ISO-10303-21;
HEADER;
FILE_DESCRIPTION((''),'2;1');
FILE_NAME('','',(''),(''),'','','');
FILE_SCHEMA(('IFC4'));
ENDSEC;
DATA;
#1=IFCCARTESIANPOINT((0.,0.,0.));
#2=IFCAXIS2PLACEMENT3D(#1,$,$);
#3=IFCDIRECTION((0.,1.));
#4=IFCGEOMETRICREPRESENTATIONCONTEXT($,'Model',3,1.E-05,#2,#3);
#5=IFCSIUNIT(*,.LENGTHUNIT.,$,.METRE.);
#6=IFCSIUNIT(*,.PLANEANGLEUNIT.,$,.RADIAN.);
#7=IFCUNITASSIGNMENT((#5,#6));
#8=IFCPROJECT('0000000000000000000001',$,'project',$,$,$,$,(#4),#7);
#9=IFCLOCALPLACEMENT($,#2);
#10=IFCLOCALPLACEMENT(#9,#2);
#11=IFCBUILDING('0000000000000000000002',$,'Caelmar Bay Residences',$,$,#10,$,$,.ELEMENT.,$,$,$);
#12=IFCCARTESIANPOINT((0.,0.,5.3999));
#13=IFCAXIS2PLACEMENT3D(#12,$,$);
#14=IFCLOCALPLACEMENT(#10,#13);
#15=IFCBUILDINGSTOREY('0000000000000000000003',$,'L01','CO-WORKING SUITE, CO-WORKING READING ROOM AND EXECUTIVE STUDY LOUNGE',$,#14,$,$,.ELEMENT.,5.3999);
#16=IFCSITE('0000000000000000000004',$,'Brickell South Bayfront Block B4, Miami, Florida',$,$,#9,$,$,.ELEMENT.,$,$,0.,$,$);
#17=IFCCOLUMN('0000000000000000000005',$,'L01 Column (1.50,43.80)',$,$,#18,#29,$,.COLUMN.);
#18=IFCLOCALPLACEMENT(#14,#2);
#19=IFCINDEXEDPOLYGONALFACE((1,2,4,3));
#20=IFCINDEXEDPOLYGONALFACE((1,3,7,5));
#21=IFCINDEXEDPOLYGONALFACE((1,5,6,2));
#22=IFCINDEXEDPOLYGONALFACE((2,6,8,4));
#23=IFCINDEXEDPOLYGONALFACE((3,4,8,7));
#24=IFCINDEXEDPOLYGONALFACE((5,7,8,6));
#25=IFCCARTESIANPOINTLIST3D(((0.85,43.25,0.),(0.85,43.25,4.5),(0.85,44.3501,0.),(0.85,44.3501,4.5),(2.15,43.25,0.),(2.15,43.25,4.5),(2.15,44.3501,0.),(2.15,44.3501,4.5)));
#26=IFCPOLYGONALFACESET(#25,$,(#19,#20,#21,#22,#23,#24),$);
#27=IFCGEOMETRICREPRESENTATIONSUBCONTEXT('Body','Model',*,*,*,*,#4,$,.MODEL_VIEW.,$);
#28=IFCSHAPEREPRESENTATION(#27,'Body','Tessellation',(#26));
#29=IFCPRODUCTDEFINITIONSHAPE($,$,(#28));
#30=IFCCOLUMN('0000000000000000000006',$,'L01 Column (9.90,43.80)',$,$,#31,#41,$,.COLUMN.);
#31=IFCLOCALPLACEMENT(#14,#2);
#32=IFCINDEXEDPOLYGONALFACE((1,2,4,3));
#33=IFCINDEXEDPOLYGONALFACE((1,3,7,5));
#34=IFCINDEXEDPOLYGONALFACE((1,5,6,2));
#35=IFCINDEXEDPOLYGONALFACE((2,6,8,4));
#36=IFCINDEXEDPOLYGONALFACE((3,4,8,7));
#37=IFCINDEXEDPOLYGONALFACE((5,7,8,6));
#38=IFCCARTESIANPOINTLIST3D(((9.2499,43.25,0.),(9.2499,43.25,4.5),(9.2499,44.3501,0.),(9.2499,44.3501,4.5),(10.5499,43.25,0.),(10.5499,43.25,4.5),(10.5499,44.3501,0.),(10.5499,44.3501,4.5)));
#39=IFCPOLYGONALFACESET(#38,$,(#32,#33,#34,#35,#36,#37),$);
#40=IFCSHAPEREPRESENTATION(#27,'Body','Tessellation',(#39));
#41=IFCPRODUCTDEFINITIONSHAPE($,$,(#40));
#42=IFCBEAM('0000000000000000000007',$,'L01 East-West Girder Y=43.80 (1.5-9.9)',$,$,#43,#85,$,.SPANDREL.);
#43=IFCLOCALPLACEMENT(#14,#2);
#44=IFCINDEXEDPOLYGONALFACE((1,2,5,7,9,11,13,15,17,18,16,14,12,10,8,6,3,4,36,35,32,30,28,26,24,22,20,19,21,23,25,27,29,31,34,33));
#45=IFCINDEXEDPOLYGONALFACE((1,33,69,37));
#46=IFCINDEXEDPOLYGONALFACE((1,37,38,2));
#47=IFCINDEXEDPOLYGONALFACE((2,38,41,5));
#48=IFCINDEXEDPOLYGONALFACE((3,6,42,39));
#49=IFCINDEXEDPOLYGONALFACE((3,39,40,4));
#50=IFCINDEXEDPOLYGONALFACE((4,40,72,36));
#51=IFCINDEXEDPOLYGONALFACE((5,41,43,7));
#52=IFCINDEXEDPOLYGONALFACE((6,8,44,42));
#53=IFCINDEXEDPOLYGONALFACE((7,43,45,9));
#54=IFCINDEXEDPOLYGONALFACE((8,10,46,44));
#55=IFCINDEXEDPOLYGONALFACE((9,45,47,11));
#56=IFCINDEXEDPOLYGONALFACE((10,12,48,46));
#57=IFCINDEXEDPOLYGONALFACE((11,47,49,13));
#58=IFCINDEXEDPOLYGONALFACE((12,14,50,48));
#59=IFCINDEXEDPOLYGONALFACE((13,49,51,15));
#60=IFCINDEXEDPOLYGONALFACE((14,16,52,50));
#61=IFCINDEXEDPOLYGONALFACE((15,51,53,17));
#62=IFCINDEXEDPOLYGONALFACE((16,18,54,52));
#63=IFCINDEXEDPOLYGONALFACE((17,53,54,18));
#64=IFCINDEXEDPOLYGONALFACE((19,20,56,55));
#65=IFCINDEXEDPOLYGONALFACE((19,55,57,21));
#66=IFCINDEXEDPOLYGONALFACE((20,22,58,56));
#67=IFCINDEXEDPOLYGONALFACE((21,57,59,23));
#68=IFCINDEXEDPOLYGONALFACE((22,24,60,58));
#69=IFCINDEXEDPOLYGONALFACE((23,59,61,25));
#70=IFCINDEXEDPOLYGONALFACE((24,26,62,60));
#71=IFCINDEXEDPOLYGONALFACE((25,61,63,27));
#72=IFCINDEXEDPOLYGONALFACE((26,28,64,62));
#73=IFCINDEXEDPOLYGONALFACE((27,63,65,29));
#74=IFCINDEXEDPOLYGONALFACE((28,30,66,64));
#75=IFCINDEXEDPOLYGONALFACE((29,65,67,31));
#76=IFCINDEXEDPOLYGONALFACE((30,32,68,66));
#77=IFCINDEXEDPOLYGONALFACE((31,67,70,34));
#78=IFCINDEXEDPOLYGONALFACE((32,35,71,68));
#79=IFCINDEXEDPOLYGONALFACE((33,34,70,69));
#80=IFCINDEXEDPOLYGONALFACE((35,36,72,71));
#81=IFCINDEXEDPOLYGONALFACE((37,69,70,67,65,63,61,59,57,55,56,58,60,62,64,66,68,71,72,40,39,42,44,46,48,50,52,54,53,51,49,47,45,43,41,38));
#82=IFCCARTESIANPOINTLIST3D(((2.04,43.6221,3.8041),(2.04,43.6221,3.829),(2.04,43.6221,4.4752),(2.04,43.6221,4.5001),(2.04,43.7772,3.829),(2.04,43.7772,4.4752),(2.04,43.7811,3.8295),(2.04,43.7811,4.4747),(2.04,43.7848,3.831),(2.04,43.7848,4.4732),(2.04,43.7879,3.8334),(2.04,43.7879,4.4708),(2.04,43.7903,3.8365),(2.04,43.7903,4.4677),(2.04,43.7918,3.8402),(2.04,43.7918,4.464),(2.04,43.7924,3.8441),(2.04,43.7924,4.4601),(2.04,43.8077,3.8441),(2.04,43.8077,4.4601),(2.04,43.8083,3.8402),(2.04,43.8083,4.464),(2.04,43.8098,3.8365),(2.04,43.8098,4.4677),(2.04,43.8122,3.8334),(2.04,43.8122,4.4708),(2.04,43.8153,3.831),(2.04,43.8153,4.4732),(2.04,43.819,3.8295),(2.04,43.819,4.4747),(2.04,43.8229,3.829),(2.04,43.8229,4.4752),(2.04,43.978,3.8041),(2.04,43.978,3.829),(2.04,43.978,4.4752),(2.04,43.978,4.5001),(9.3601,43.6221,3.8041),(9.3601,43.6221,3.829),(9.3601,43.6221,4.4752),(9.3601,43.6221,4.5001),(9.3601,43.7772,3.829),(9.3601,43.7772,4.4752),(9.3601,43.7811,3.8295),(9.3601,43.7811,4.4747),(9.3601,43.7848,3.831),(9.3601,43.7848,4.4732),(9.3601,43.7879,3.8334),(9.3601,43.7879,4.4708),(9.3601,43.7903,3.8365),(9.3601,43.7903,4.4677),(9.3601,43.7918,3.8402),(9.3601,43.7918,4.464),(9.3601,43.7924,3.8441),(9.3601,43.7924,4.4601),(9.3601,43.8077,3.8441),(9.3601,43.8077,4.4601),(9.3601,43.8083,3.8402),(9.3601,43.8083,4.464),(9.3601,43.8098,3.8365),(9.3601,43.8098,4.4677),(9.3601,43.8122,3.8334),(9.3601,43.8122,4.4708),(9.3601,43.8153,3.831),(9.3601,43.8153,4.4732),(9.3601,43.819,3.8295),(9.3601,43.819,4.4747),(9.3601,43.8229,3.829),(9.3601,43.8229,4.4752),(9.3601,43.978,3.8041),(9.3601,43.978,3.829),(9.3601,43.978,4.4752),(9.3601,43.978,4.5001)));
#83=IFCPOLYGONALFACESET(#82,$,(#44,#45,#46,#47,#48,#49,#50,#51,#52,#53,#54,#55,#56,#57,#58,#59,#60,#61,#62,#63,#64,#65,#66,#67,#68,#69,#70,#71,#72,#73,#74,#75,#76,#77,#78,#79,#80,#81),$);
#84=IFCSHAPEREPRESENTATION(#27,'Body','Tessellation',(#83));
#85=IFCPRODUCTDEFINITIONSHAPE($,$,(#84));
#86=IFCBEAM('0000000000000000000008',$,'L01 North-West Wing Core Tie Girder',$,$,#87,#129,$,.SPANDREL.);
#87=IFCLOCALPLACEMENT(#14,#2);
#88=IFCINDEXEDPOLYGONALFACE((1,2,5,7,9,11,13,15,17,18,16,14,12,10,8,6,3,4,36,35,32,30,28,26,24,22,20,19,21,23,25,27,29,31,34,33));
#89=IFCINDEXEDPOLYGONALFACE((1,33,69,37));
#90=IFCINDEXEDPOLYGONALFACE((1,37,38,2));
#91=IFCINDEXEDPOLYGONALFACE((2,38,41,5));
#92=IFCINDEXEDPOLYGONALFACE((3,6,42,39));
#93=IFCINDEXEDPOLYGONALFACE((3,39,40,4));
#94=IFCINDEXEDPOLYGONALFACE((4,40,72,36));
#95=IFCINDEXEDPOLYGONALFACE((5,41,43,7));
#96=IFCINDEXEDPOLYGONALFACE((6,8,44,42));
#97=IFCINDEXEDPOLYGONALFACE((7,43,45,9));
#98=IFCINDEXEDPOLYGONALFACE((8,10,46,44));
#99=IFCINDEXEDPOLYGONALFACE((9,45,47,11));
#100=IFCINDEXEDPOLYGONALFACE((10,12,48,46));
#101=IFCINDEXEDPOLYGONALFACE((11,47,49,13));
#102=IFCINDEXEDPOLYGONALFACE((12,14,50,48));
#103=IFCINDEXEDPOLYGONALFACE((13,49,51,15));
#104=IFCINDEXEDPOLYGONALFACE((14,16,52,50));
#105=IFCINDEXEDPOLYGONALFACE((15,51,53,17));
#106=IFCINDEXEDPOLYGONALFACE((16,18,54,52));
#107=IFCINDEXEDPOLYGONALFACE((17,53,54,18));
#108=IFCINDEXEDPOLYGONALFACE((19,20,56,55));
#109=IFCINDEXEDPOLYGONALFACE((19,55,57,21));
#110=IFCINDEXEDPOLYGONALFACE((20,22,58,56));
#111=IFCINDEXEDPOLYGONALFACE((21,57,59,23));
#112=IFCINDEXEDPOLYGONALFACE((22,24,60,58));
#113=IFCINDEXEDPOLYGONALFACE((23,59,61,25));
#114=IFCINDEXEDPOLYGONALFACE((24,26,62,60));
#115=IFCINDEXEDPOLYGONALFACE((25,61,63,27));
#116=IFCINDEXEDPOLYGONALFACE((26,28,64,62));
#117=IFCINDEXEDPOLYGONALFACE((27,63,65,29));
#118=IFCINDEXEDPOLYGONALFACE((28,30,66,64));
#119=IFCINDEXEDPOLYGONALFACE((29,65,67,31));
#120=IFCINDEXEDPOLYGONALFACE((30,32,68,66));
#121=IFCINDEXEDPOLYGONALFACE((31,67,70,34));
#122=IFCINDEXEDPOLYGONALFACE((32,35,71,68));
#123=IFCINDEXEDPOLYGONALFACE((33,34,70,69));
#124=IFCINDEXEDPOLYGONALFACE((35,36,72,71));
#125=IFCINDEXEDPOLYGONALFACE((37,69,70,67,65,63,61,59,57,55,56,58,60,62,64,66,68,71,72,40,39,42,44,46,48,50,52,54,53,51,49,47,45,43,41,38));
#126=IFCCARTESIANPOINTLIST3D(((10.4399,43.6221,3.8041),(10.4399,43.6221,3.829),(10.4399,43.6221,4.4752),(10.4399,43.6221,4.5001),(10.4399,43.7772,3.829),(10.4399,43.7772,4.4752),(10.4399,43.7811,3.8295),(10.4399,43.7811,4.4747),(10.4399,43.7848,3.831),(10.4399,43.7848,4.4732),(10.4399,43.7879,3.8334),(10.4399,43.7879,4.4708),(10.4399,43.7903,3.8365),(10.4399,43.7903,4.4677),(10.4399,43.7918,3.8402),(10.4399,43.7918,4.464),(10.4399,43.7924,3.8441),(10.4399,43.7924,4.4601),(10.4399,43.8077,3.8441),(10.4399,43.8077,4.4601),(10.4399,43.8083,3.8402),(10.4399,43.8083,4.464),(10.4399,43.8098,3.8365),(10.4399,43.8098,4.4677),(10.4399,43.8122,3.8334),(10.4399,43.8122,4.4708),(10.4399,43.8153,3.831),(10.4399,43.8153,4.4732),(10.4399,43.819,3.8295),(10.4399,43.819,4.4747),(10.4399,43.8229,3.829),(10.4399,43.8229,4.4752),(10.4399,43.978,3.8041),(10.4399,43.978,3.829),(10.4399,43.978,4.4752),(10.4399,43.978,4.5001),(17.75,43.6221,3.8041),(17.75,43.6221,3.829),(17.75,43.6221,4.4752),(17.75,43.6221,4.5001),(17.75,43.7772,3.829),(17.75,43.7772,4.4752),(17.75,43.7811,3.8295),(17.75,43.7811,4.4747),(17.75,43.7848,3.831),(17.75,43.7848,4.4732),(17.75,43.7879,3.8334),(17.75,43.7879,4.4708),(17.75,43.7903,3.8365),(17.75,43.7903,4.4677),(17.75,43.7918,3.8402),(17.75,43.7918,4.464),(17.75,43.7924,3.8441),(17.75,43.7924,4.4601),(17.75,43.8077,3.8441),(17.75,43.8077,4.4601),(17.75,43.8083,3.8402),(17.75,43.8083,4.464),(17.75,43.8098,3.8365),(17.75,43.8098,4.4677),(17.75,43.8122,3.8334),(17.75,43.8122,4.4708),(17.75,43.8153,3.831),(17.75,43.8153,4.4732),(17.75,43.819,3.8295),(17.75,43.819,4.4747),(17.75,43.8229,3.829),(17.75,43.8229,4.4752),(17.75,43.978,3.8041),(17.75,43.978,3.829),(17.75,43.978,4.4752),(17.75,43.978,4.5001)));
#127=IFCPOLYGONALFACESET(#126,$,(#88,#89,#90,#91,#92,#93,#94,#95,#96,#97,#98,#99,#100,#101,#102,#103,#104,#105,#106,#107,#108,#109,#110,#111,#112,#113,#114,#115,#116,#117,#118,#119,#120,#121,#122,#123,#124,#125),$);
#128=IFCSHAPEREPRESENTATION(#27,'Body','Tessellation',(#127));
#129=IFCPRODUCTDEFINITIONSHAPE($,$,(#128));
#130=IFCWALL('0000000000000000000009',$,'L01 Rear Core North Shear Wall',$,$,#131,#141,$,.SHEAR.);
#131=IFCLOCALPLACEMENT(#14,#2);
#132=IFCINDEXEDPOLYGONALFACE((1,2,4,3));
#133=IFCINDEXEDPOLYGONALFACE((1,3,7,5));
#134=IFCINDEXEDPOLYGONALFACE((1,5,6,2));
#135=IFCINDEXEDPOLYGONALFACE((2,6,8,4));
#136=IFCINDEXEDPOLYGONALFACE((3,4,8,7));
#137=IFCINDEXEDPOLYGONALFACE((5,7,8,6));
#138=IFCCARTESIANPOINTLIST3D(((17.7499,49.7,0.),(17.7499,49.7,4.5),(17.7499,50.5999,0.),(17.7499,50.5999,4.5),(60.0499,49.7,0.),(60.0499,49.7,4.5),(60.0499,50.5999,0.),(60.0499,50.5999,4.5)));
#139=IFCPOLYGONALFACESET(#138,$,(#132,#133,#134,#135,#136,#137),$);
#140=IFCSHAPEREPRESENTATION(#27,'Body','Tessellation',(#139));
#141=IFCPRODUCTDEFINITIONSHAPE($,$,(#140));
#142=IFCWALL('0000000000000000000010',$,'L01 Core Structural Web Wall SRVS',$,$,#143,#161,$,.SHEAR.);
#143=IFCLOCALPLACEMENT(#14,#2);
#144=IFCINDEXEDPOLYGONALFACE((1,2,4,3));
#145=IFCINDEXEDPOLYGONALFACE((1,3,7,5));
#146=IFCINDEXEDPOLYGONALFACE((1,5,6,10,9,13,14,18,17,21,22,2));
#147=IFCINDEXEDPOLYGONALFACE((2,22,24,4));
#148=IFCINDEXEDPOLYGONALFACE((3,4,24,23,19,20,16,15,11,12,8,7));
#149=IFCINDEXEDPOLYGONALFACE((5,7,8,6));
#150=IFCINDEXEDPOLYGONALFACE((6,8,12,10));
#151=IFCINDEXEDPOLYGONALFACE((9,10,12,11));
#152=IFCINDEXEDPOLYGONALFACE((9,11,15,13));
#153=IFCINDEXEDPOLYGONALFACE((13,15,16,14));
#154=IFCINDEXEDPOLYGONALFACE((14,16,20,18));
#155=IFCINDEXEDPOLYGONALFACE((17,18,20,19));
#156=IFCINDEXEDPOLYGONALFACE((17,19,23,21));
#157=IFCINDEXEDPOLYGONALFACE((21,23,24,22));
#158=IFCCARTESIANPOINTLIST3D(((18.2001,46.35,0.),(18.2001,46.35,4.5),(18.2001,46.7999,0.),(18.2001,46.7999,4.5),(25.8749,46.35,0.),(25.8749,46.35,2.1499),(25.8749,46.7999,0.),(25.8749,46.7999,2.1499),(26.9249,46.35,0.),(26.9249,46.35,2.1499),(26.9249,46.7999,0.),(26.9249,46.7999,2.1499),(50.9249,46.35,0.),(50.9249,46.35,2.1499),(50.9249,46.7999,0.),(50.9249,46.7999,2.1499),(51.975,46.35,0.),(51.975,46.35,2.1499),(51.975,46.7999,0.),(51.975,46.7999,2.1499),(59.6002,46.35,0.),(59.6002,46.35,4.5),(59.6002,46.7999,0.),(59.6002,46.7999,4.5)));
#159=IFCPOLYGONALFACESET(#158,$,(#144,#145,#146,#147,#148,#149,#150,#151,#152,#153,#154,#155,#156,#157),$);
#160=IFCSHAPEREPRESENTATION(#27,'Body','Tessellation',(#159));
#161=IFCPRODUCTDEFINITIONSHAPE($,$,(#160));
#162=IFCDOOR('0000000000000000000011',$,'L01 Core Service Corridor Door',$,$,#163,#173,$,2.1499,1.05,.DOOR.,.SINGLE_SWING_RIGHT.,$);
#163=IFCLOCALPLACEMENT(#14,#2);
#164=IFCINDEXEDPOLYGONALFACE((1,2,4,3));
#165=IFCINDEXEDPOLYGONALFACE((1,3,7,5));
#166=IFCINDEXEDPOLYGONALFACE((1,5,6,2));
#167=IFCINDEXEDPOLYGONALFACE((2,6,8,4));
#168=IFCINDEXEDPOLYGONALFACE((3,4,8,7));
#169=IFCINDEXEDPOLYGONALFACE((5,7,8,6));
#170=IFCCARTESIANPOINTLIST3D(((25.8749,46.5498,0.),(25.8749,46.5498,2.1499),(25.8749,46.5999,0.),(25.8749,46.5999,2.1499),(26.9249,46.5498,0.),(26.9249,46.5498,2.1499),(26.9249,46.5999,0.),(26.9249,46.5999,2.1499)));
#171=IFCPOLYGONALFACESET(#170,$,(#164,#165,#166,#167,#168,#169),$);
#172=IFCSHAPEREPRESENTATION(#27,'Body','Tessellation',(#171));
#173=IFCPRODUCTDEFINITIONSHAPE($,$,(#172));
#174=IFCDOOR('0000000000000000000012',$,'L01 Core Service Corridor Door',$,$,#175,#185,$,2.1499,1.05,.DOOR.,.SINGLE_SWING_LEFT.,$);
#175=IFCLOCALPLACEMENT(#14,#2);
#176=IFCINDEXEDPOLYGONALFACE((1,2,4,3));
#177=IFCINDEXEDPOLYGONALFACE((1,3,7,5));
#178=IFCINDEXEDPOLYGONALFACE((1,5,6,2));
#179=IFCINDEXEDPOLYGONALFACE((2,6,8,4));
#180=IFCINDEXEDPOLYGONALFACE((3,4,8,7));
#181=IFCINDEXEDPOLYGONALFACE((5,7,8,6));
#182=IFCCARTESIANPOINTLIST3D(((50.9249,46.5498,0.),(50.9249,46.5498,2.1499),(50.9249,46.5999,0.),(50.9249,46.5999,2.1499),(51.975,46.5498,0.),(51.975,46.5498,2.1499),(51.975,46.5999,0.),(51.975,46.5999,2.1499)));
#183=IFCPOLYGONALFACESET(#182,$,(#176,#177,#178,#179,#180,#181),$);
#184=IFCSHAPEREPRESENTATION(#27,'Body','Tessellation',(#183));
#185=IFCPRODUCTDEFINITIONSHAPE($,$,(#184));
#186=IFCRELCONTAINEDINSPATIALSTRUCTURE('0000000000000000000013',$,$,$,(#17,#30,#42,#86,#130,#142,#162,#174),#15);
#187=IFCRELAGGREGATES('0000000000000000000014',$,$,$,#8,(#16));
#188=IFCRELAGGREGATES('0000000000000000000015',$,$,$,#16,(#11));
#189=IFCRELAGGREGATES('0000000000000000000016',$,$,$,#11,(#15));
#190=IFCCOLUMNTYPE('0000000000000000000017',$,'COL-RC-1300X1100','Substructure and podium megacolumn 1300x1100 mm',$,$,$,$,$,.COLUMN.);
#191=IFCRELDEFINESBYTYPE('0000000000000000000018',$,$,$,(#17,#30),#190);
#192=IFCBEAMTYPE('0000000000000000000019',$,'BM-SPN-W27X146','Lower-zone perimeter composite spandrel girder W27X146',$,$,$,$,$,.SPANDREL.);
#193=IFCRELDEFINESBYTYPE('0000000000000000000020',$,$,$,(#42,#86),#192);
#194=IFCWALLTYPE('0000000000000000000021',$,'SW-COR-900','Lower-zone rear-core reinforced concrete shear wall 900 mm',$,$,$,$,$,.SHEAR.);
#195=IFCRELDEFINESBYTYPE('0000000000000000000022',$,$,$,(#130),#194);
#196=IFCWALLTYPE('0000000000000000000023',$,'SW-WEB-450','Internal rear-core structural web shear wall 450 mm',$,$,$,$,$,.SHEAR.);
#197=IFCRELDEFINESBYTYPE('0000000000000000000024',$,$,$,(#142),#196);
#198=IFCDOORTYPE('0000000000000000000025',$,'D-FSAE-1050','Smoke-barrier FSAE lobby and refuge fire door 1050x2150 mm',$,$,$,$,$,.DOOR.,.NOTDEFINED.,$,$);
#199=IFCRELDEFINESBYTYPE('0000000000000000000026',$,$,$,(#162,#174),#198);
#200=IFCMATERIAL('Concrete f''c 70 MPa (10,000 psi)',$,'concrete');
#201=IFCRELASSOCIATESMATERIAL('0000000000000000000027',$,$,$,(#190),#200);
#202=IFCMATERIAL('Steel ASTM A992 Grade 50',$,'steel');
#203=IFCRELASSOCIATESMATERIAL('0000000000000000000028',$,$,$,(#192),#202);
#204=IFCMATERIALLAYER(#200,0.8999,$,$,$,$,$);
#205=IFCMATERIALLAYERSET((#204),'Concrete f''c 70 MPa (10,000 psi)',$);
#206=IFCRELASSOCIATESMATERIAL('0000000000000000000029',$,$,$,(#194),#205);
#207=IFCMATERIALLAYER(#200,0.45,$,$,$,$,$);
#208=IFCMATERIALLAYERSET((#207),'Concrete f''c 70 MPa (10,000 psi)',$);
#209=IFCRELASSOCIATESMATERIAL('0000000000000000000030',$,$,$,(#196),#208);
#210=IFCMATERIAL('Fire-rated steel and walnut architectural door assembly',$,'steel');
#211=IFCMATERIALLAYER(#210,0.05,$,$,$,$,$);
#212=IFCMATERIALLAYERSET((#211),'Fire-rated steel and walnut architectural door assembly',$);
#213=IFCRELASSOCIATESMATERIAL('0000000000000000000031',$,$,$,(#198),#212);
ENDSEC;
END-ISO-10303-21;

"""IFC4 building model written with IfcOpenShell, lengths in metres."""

from ifc_helpers import new_model, si_unit, direction, frame, frame_2d, origin, origin_2d, place, context, subcontext, project, spatial, rectangle, i_section, extrude, material, layer, layer_set, material_profile, profile_set, type_object, element, fill, save


model = new_model("IFC4")

# Units and contexts
model_context = context("Model", 3, precision=1e-05, world=origin(), true_north=direction((0.0, 1.0)))
body_context = subcontext(model_context, "Body", "Model", "MODEL_VIEW")
ifc_project = project(units=[si_unit("LENGTHUNIT", "METRE"), si_unit("PLANEANGLEUNIT", "RADIAN")], contexts=[model_context])

# Site, building, storey
site_placement = place(None, origin())
site = spatial("IfcSite", under=ifc_project, at=site_placement, Name="Brickell South Bayfront Block B4, Miami, Florida", CompositionType="ELEMENT", RefElevation=0.0)
building_placement = place(site_placement, origin())
building = spatial("IfcBuilding", under=site, at=building_placement, Name="Caelmar Bay Residences", CompositionType="ELEMENT")
storey_placement = place(building_placement, frame((0.0, 0.0, 5.3999)))
storey = spatial("IfcBuildingStorey", under=building, at=storey_placement, Name="L01", Description="CO-WORKING SUITE, CO-WORKING READING ROOM AND EXECUTIVE STUDY LOUNGE", CompositionType="ELEMENT", Elevation=5.3999)

# Columns
ifc_material_1 = material(Name="Concrete f'c 70 MPa (10,000 psi)", Category="concrete")
ifc_material_profile_1 = material_profile(ifc_material_1, rectangle(XDim=1.3, YDim=1.1001, at=origin_2d()), Name="RC-COL-1300X1100")
ifc_profile_set_1 = profile_set([ifc_material_profile_1], Name="Concrete f'c 70 MPa (10,000 psi)")
column_type = type_object("IfcColumnType", Name="COL-RC-1300X1100", Description="Substructure and podium megacolumn 1300x1100 mm", PredefinedType="COLUMN", material=ifc_profile_set_1)
for number, where, z_axis, x_axis, name in (
    (1, (1.5, 43.8, 0.0), (0.0, 0.0, 1.0), (1.0, 0.0, 0.0), "L01 Column (1.50,43.80)"),
    (2, (9.8999, 43.8, 0.0), (0.0, 0.0, 1.0), (1.0, 0.0, 0.0), "L01 Column (9.90,43.80)"),
):
    element("IfcColumn", number, at=place(storey_placement, frame(where, z_axis=z_axis, x_axis=x_axis)), inside=storey, type_object=column_type, Name=name, PredefinedType="COLUMN", context=body_context, shape_type="SweptSolid", body=[
        extrude(rectangle(XDim=1.3, YDim=1.1001, at=origin_2d()), origin(), (0.0, 0.0, 1.0), 4.5),
    ])

# Beams
ifc_material_2 = material(Name="Steel ASTM A992 Grade 50", Category="steel")
ifc_material_profile_2 = material_profile(ifc_material_2, i_section(OverallWidth=0.356, OverallDepth=0.696, WebThickness=0.0154, FlangeThickness=0.0249, FilletRadius=0.0151, at=origin_2d()), Name="W27X146")
ifc_profile_set_2 = profile_set([ifc_material_profile_2], Name="Steel ASTM A992 Grade 50")
beam_type = type_object("IfcBeamType", Name="BM-SPN-W27X146", Description="Lower-zone perimeter composite spandrel girder W27X146", PredefinedType="SPANDREL", material=ifc_profile_set_2)
beam_1_placement = place(storey_placement, frame((2.04, 43.8, 4.1521), z_axis=(1.0, 0.0, 0.0), x_axis=(0.0, 1.0, 0.0)))
element("IfcBeam", 3, at=beam_1_placement, inside=storey, type_object=beam_type, Name="L01 East-West Girder Y=43.80 (1.5-9.9)", PredefinedType="SPANDREL", context=body_context, shape_type="SweptSolid", body=[
    extrude(i_section(OverallWidth=0.356, OverallDepth=0.696, WebThickness=0.0154, FlangeThickness=0.0249, FilletRadius=0.0151, at=origin_2d()), origin(), (0.0, 0.0, 1.0), 7.3201),
])
beam_2_placement = place(storey_placement, frame((10.4399, 43.8, 4.1521), z_axis=(1.0, 0.0, 0.0), x_axis=(0.0, 1.0, 0.0)))
element("IfcBeam", 4, at=beam_2_placement, inside=storey, type_object=beam_type, Name="L01 North-West Wing Core Tie Girder", PredefinedType="SPANDREL", context=body_context, shape_type="SweptSolid", body=[
    extrude(i_section(OverallWidth=0.356, OverallDepth=0.696, WebThickness=0.0154, FlangeThickness=0.0249, FilletRadius=0.0151, at=origin_2d()), origin(), (0.0, 0.0, 1.0), 7.3101),
])

# Wall
ifc_layer_1 = layer(ifc_material_1, 0.8999)
ifc_layer_set_1 = layer_set([ifc_layer_1], Name="Concrete f'c 70 MPa (10,000 psi)")
wall_type_1 = type_object("IfcWallType", Name="SW-COR-900", Description="Lower-zone rear-core reinforced concrete shear wall 900 mm", PredefinedType="SHEAR", material=ifc_layer_set_1)
wall_1_placement = place(storey_placement, frame((17.75, 50.1499, 0.0), z_axis=(0.0, 0.0, 1.0), x_axis=(1.0, 0.0, 0.0)))
element("IfcWall", 5, at=wall_1_placement, inside=storey, type_object=wall_type_1, Name="L01 Rear Core North Shear Wall", PredefinedType="SHEAR", context=body_context, shape_type="SweptSolid", body=[
    extrude(rectangle(XDim=42.3, YDim=0.8999, at=frame_2d((21.1499, 0.0))), origin(), (0.0, 0.0, 1.0), 4.5),
])

# Wall, openings, doors
ifc_layer_2 = layer(ifc_material_1, 0.45)
ifc_layer_set_2 = layer_set([ifc_layer_2], Name="Concrete f'c 70 MPa (10,000 psi)")
wall_type_2 = type_object("IfcWallType", Name="SW-WEB-450", Description="Internal rear-core structural web shear wall 450 mm", PredefinedType="SHEAR", material=ifc_layer_set_2)
wall_2_placement = place(storey_placement, frame((18.2, 46.575, 0.0), z_axis=(0.0, 0.0, 1.0), x_axis=(1.0, 0.0, 0.0)))
wall_2 = element("IfcWall", 6, at=wall_2_placement, inside=storey, type_object=wall_type_2, Name="L01 Core Structural Web Wall SRVS", PredefinedType="SHEAR", context=body_context, shape_type="SweptSolid", body=[
    extrude(rectangle(XDim=41.4001, YDim=0.45, at=frame_2d((20.7002, 0.0))), origin(), (0.0, 0.0, 1.0), 4.5),
])
opening_1_placement = place(wall_2_placement, frame((7.675, 0.0, 0.0)))
opening_1 = element("IfcOpeningElement", 7, at=opening_1_placement, cuts=wall_2, PredefinedType="OPENING", context=body_context, shape_type="SweptSolid", body=[
    extrude(rectangle(XDim=1.05, YDim=2.1499, at=frame_2d((0.5249, 1.075))), frame((0.0, 0.2349, 0.0), z_axis=(0.0, -1.0, 0.0), x_axis=(1.0, 0.0, 0.0)), (0.0, 0.0, 1.0), 0.47),
])
opening_2_placement = place(wall_2_placement, frame((32.7251, 0.0, 0.0)))
opening_2 = element("IfcOpeningElement", 8, at=opening_2_placement, cuts=wall_2, PredefinedType="OPENING", context=body_context, shape_type="SweptSolid", body=[
    extrude(rectangle(XDim=1.05, YDim=2.1499, at=frame_2d((0.5249, 1.075))), frame((0.0, 0.2349, 0.0), z_axis=(0.0, -1.0, 0.0), x_axis=(1.0, 0.0, 0.0)), (0.0, 0.0, 1.0), 0.47),
])
ifc_material_3 = material(Name="Fire-rated steel and walnut architectural door assembly", Category="steel")
ifc_layer_3 = layer(ifc_material_3, 0.05)
ifc_layer_set_3 = layer_set([ifc_layer_3], Name="Fire-rated steel and walnut architectural door assembly")
door_type_1 = type_object("IfcDoorType", Name="D-FSAE-1050", Description="Smoke-barrier FSAE lobby and refuge fire door 1050x2150 mm", OperationType="NOTDEFINED", PredefinedType="DOOR", material=ifc_layer_set_3)
door_1_placement = place(opening_1_placement, origin())
door_1 = element("IfcDoor", 9, at=door_1_placement, inside=storey, type_object=door_type_1, Name="L01 Core Service Corridor Door", OperationType="SINGLE_SWING_RIGHT", OverallHeight=2.1499, OverallWidth=1.05, PredefinedType="DOOR", context=body_context, shape_type="SweptSolid", body=[
    extrude(rectangle(XDim=1.05, YDim=2.1499, at=frame_2d((0.5249, 1.075))), frame((0.0, 0.0249, 0.0), z_axis=(0.0, -1.0, 0.0), x_axis=(1.0, 0.0, 0.0)), (0.0, 0.0, 1.0), 0.05),
])
fill(opening_1, door_1)
door_2_placement = place(opening_2_placement, origin())
door_2 = element("IfcDoor", 10, at=door_2_placement, inside=storey, type_object=door_type_1, Name="L01 Core Service Corridor Door", OperationType="SINGLE_SWING_LEFT", OverallHeight=2.1499, OverallWidth=1.05, PredefinedType="DOOR", context=body_context, shape_type="SweptSolid", body=[
    extrude(rectangle(XDim=1.05, YDim=2.1499, at=frame_2d((0.5249, 1.075))), frame((0.0, 0.0249, 0.0), z_axis=(0.0, -1.0, 0.0), x_axis=(1.0, 0.0, 0.0)), (0.0, 0.0, 1.0), 0.05),
])
fill(opening_2, door_2)

save(model, "model.ifc")
